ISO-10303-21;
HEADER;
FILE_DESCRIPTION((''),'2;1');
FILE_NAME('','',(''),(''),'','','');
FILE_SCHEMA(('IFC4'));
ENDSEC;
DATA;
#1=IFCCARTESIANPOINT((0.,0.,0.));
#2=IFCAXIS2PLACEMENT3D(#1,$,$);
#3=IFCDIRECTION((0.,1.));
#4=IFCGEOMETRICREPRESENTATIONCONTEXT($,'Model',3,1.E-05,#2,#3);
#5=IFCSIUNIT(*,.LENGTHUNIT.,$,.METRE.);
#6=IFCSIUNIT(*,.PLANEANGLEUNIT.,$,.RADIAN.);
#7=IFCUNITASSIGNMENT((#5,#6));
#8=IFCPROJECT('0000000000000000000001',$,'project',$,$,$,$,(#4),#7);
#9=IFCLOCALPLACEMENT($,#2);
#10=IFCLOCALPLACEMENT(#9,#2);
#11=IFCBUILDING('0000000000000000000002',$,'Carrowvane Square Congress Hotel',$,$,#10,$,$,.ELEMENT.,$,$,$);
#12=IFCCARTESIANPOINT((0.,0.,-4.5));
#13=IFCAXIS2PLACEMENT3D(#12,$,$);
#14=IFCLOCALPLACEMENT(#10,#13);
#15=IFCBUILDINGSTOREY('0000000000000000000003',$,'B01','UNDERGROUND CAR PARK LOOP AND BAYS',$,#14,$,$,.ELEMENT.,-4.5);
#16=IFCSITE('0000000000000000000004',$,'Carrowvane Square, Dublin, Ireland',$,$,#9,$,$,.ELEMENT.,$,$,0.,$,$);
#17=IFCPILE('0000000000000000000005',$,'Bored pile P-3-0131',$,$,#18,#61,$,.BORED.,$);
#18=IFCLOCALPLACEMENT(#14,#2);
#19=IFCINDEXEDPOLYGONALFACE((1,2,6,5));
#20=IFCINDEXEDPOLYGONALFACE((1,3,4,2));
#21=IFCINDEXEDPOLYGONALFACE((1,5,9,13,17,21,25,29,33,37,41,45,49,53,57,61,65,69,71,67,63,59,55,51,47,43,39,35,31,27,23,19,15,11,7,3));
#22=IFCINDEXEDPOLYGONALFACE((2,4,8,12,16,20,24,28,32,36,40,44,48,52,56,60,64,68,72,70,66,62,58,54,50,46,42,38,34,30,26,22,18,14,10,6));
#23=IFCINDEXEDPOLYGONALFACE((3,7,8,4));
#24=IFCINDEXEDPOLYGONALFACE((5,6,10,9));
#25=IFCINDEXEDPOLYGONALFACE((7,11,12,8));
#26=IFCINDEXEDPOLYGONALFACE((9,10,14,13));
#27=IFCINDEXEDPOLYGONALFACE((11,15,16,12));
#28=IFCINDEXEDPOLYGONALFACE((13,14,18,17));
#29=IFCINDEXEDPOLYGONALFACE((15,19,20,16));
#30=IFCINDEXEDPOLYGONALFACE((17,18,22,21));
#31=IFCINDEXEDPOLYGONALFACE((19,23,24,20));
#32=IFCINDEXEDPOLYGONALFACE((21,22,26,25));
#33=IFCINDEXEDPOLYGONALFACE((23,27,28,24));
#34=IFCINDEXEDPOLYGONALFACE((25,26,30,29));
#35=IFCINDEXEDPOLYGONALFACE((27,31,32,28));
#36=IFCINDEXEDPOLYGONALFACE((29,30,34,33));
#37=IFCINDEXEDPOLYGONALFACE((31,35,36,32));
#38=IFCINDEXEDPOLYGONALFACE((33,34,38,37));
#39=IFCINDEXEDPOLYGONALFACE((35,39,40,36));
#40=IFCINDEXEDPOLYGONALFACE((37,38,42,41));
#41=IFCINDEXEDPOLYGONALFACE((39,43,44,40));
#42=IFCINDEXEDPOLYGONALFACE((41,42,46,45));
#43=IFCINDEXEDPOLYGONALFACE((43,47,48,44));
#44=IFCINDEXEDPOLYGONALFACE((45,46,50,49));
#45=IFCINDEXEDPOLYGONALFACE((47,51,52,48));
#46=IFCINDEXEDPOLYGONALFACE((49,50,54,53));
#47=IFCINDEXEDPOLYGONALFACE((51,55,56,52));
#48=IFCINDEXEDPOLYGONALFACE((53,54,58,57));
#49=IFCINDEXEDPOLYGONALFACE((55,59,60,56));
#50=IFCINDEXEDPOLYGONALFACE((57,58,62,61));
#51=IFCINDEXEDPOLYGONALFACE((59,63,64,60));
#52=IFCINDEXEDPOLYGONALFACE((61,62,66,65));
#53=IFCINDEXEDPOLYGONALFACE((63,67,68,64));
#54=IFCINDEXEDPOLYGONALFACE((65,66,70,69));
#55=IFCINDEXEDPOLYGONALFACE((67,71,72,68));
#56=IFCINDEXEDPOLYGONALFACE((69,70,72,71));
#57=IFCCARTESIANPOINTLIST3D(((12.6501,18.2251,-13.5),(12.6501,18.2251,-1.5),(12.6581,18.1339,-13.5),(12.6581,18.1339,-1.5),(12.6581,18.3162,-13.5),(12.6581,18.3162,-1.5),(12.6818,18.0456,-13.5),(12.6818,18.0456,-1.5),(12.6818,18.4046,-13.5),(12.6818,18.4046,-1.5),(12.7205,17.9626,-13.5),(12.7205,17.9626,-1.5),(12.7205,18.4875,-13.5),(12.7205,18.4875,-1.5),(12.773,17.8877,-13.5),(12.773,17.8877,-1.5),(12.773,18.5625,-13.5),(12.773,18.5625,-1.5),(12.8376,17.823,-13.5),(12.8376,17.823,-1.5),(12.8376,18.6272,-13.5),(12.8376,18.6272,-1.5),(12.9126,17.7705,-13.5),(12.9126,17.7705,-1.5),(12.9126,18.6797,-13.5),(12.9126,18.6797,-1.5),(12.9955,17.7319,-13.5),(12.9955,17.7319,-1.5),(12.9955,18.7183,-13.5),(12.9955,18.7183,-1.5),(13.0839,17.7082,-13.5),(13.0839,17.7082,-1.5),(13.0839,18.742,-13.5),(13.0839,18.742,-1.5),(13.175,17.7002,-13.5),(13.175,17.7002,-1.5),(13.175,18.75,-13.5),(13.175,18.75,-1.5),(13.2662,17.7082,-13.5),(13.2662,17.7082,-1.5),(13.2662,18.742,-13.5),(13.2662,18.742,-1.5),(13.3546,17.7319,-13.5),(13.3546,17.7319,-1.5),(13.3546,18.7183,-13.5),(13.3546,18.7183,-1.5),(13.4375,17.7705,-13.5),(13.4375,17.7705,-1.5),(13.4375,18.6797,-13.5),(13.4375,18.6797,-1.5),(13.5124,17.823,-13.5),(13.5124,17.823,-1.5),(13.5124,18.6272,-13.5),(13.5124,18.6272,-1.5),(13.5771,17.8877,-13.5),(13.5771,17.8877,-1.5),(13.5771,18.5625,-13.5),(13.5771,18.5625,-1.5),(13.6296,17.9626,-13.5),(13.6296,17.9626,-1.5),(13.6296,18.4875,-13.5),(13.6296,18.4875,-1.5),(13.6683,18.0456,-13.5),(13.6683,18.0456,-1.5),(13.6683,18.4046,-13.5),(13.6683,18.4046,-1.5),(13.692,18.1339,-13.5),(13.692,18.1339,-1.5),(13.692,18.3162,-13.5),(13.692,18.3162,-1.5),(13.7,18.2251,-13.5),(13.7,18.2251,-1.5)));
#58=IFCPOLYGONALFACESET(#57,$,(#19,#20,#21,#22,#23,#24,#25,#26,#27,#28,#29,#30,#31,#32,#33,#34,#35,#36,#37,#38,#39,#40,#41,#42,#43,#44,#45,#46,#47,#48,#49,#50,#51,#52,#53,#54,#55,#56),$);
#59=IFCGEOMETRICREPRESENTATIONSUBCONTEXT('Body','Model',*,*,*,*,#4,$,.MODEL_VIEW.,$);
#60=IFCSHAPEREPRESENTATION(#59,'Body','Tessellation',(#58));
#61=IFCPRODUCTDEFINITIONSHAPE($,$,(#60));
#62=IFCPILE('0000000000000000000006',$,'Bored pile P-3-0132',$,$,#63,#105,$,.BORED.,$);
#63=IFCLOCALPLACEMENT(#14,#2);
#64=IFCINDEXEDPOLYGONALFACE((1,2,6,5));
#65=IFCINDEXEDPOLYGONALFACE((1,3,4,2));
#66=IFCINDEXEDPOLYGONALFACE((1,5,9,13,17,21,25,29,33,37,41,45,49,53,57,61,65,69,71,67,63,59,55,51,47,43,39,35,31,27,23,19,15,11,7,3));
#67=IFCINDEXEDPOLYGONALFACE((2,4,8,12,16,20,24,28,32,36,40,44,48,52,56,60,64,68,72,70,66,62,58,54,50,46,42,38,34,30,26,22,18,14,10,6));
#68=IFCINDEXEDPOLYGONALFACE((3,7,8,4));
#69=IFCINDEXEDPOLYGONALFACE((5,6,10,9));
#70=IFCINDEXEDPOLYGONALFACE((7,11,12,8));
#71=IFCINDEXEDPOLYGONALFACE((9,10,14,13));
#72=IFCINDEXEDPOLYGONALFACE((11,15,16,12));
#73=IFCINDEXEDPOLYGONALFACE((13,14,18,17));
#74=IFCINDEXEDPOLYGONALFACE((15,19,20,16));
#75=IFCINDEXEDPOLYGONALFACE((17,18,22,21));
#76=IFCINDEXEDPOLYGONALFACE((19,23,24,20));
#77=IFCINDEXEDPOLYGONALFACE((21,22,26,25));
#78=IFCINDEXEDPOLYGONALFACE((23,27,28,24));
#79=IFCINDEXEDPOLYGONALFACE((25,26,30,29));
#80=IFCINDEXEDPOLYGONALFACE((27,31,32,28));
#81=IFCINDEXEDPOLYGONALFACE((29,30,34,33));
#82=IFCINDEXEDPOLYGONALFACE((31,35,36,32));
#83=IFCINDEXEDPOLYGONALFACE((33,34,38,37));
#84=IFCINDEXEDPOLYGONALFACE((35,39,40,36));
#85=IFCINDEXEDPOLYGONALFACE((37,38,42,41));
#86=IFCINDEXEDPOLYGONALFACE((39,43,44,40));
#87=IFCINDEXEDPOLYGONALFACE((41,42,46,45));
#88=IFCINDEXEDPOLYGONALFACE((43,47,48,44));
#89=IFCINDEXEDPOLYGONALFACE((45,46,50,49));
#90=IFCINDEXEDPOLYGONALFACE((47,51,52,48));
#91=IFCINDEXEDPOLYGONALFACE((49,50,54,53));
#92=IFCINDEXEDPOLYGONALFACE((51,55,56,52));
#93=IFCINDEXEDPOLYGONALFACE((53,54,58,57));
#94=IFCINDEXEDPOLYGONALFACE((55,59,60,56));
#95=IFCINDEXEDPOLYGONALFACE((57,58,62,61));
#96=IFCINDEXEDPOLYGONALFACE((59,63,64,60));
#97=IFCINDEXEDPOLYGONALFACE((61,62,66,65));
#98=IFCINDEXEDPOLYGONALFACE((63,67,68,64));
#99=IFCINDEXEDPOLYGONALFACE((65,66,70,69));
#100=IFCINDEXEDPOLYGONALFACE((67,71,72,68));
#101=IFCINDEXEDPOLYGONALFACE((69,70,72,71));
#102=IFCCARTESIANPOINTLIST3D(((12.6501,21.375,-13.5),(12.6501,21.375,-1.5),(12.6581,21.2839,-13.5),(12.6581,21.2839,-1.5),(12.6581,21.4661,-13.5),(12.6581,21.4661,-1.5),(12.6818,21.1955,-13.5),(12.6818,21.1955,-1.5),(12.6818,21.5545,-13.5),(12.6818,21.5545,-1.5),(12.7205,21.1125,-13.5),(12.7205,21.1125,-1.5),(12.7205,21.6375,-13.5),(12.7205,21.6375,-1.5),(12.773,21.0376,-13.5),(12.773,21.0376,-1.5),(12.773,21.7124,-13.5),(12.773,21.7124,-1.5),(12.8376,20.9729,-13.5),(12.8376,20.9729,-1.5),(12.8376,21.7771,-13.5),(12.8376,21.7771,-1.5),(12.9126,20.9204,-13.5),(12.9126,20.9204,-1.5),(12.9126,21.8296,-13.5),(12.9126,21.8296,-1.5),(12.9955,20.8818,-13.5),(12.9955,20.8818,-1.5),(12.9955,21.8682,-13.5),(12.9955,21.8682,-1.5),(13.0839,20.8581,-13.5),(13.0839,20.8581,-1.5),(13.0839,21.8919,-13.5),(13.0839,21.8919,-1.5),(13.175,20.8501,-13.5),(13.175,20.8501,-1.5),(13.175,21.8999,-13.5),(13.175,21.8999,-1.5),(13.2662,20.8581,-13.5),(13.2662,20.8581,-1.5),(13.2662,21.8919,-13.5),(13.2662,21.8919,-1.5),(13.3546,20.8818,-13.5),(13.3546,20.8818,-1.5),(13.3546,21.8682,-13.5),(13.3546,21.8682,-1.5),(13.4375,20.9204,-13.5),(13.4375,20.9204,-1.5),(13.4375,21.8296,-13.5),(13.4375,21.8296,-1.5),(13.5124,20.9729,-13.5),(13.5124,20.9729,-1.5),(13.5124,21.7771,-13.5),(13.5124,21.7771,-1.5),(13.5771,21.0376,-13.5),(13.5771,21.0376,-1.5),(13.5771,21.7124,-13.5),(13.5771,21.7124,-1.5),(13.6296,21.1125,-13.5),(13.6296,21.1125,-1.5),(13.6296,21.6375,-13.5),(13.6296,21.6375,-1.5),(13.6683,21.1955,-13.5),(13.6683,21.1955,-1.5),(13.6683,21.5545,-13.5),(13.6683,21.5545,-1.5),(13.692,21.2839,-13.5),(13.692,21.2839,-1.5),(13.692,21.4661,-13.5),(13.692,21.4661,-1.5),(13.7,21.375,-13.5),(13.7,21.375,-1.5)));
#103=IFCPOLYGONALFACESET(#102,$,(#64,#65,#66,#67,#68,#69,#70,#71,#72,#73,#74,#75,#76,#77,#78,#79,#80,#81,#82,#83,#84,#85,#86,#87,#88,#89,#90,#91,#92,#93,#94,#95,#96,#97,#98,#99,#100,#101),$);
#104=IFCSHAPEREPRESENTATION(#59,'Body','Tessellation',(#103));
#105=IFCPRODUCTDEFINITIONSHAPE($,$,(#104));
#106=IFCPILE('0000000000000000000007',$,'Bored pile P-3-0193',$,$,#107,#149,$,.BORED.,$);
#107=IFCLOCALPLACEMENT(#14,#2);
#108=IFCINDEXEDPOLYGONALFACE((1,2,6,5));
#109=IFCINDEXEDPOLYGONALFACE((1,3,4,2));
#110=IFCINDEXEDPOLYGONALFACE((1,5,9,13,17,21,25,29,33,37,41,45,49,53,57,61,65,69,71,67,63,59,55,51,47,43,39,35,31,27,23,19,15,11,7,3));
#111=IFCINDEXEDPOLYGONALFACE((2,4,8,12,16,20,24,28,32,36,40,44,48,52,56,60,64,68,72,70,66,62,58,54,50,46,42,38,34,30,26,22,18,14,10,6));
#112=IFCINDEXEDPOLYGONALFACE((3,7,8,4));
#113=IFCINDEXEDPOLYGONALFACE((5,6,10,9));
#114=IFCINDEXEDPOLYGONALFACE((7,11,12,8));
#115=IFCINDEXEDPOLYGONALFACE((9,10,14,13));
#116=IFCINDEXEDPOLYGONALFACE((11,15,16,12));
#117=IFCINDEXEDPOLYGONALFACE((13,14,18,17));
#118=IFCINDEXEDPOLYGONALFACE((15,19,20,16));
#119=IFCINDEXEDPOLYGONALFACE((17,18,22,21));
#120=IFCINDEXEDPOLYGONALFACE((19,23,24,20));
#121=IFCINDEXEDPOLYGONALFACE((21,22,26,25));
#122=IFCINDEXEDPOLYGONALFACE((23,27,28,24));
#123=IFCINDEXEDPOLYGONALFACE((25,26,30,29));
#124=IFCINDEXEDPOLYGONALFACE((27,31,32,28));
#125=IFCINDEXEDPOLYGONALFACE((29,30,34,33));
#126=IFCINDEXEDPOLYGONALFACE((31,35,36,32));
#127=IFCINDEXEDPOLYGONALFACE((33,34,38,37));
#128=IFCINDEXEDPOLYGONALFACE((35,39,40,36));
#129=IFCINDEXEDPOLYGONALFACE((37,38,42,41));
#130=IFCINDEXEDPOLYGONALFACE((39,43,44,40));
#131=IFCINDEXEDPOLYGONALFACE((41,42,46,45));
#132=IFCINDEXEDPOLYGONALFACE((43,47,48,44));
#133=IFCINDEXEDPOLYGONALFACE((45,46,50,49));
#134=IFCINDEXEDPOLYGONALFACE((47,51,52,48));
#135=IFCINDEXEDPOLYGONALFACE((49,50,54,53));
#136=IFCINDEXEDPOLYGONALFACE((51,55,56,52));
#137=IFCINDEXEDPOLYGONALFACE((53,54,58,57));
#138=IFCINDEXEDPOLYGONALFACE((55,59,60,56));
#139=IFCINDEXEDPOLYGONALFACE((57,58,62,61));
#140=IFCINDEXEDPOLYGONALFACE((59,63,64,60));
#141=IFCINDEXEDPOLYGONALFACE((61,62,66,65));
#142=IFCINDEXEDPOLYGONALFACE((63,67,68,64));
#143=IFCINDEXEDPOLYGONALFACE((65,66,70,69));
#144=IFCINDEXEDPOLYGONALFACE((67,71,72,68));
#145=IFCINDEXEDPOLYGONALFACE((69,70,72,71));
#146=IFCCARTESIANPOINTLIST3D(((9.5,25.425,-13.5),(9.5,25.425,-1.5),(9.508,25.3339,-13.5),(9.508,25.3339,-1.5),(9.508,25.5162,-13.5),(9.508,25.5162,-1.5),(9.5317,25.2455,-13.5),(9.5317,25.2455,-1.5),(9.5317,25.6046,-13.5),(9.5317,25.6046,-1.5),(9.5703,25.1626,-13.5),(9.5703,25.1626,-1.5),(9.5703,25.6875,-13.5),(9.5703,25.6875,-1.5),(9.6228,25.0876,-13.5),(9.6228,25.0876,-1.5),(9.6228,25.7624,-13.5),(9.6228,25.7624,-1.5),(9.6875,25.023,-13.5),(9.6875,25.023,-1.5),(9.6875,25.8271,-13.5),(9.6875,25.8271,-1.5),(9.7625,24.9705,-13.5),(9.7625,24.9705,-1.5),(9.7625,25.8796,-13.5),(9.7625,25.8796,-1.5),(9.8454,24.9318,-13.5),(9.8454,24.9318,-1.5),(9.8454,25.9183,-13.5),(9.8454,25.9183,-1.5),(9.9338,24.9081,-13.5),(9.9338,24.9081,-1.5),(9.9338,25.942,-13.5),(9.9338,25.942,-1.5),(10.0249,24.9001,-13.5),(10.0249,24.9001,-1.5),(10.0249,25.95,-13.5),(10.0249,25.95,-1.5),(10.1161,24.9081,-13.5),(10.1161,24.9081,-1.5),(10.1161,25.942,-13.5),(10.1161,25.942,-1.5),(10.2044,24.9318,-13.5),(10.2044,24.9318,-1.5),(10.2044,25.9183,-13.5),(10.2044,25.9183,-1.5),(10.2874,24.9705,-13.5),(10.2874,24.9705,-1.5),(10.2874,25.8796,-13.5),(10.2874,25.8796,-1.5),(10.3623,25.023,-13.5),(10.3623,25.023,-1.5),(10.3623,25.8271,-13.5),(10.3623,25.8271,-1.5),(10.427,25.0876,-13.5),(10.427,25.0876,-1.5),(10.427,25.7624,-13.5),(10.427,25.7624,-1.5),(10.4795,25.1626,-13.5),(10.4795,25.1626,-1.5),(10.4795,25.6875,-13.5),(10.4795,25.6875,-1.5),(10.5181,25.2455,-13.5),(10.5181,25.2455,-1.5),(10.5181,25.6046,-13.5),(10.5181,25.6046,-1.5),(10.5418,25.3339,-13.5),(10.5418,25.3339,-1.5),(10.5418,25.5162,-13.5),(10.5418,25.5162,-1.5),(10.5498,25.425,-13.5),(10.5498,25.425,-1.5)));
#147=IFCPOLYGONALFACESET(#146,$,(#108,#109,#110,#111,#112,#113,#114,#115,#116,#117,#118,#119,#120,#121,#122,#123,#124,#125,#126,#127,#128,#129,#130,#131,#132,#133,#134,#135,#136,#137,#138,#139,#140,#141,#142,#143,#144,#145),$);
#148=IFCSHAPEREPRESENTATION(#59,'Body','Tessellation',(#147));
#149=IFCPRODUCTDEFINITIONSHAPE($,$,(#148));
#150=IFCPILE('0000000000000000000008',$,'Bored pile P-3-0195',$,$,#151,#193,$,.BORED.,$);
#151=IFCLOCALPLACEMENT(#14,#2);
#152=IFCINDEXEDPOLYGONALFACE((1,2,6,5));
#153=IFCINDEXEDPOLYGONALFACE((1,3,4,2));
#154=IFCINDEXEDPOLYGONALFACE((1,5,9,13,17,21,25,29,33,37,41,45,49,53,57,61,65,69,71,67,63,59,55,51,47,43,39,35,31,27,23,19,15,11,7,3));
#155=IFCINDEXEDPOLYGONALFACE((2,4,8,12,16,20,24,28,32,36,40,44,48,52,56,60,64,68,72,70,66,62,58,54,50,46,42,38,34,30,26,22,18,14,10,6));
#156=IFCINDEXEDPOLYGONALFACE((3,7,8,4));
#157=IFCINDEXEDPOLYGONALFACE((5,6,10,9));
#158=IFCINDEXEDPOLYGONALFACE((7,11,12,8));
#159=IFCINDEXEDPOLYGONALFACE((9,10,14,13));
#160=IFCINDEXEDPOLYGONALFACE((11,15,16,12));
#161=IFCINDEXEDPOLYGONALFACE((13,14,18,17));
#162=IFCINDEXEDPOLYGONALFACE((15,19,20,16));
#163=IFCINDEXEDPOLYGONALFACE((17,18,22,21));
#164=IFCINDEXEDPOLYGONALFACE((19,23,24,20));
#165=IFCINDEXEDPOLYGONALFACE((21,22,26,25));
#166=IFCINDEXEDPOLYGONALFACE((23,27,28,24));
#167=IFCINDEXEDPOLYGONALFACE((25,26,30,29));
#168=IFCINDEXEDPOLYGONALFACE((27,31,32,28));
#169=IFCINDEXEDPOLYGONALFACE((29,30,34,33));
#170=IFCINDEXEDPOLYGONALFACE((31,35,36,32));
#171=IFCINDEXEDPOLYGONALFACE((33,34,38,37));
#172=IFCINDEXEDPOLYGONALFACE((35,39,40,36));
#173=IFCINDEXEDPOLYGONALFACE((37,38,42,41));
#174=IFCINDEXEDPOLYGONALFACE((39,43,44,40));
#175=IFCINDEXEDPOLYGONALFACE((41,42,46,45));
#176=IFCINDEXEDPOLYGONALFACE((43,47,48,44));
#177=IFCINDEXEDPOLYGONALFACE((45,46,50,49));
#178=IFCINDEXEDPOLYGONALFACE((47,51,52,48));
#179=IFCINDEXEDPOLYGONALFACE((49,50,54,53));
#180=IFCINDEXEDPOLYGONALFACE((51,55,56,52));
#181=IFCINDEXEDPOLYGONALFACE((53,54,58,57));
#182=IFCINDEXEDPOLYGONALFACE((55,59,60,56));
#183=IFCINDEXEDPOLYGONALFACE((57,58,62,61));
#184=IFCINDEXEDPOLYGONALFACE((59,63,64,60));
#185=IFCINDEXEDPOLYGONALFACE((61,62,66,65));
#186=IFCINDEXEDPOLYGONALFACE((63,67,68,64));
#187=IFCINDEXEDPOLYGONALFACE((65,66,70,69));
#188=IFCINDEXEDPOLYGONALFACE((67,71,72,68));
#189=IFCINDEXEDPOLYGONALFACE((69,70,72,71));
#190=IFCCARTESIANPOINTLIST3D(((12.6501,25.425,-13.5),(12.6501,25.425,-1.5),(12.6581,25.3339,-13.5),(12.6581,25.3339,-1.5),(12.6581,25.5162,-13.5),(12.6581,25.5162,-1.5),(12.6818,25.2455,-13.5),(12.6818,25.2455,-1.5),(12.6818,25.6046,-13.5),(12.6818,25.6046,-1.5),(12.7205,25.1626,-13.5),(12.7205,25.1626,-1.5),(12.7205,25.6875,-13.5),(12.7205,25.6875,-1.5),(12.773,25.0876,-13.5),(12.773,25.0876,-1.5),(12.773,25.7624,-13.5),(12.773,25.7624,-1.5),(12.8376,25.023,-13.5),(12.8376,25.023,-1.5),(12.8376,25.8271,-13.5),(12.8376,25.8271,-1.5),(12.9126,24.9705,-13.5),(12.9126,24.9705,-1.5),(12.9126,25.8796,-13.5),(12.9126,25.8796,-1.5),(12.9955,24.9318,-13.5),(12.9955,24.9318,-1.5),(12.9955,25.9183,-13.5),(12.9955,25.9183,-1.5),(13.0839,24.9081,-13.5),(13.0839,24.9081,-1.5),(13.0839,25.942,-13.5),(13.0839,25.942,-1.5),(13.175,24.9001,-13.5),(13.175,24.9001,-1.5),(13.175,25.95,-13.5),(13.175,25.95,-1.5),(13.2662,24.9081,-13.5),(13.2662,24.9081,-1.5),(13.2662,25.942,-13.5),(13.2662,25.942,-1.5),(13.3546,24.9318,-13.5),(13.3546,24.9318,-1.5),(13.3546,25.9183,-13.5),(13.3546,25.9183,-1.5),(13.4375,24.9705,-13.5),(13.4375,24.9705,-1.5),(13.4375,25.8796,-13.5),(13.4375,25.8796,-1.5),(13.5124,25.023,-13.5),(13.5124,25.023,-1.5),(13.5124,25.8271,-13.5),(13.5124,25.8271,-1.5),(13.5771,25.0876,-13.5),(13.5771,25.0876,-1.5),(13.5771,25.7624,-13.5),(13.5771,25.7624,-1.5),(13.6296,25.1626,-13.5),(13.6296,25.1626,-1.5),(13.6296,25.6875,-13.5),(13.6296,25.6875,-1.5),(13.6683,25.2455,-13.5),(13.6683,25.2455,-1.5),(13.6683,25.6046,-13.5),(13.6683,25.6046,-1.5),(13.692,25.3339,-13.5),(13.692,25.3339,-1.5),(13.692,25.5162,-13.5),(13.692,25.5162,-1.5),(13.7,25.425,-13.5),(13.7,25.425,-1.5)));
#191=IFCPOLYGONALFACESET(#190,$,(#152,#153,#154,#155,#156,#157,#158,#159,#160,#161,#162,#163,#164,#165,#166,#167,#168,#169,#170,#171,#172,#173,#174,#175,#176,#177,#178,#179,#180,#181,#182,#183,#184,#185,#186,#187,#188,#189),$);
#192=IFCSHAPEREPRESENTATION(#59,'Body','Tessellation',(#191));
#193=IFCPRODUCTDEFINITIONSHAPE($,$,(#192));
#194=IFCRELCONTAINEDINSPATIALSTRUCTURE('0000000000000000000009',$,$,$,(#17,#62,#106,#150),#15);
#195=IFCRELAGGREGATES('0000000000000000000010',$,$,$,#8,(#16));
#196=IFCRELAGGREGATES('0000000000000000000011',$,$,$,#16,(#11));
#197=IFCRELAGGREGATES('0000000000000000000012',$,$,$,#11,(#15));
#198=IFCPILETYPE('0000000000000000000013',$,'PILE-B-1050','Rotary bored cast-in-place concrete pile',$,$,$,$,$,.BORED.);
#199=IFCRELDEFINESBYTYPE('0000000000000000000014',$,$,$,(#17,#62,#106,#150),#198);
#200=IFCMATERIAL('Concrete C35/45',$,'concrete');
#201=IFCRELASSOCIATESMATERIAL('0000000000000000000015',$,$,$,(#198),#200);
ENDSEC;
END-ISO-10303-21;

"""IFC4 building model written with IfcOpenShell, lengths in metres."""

from ifc_helpers import new_model, si_unit, direction, frame, origin, origin_2d, place, context, subcontext, project, spatial, circle, extrude, material, material_profile, profile_set, type_object, element, save


model = new_model("IFC4")

# Units and contexts
model_context = context("Model", 3, precision=1e-05, world=origin(), true_north=direction((0.0, 1.0)))
body_context = subcontext(model_context, "Body", "Model", "MODEL_VIEW")
ifc_project = project(units=[si_unit("LENGTHUNIT", "METRE"), si_unit("PLANEANGLEUNIT", "RADIAN")], contexts=[model_context])

# Site, building, storey
site_placement = place(None, origin())
site = spatial("IfcSite", under=ifc_project, at=site_placement, Name="Carrowvane Square, Dublin, Ireland", CompositionType="ELEMENT", RefElevation=0.0)
building_placement = place(site_placement, origin())
building = spatial("IfcBuilding", under=site, at=building_placement, Name="Carrowvane Square Congress Hotel", CompositionType="ELEMENT")
storey_placement = place(building_placement, frame((0.0, 0.0, -4.5)))
storey = spatial("IfcBuildingStorey", under=building, at=storey_placement, Name="B01", Description="UNDERGROUND CAR PARK LOOP AND BAYS", CompositionType="ELEMENT", Elevation=-4.5)

# Piles
ifc_material_1 = material(Name="Concrete C35/45", Category="concrete")
ifc_material_profile_1 = material_profile(ifc_material_1, circle(Radius=0.5249, at=origin_2d()), Name="PILE D1050")
ifc_profile_set_1 = profile_set([ifc_material_profile_1], Name="Concrete C35/45")
pile_type_1 = type_object("IfcPileType", Name="PILE-B-1050", Description="Rotary bored cast-in-place concrete pile", PredefinedType="BORED", material=ifc_profile_set_1)
for number, where, z_axis, x_axis, name in (
    (1, (13.175, 18.2251, -1.5), (0.0, 0.0, -1.0), (1.0, 0.0, 0.0), "Bored pile P-3-0131"),
    (2, (13.175, 21.375, -1.5), (0.0, 0.0, -1.0), (1.0, 0.0, 0.0), "Bored pile P-3-0132"),
    (3, (10.0249, 25.425, -1.5), (0.0, 0.0, -1.0), (1.0, 0.0, 0.0), "Bored pile P-3-0193"),
    (4, (13.175, 25.425, -1.5), (0.0, 0.0, -1.0), (1.0, 0.0, 0.0), "Bored pile P-3-0195"),
):
    element("IfcPile", number, at=place(storey_placement, frame(where, z_axis=z_axis, x_axis=x_axis)), inside=storey, type_object=pile_type_1, Name=name, PredefinedType="BORED", context=body_context, shape_type="SweptSolid", body=[
        extrude(circle(Radius=0.5249, at=origin_2d()), origin(), (0.0, 0.0, 1.0), 12.0),
    ])

save(model, "model.ifc")
